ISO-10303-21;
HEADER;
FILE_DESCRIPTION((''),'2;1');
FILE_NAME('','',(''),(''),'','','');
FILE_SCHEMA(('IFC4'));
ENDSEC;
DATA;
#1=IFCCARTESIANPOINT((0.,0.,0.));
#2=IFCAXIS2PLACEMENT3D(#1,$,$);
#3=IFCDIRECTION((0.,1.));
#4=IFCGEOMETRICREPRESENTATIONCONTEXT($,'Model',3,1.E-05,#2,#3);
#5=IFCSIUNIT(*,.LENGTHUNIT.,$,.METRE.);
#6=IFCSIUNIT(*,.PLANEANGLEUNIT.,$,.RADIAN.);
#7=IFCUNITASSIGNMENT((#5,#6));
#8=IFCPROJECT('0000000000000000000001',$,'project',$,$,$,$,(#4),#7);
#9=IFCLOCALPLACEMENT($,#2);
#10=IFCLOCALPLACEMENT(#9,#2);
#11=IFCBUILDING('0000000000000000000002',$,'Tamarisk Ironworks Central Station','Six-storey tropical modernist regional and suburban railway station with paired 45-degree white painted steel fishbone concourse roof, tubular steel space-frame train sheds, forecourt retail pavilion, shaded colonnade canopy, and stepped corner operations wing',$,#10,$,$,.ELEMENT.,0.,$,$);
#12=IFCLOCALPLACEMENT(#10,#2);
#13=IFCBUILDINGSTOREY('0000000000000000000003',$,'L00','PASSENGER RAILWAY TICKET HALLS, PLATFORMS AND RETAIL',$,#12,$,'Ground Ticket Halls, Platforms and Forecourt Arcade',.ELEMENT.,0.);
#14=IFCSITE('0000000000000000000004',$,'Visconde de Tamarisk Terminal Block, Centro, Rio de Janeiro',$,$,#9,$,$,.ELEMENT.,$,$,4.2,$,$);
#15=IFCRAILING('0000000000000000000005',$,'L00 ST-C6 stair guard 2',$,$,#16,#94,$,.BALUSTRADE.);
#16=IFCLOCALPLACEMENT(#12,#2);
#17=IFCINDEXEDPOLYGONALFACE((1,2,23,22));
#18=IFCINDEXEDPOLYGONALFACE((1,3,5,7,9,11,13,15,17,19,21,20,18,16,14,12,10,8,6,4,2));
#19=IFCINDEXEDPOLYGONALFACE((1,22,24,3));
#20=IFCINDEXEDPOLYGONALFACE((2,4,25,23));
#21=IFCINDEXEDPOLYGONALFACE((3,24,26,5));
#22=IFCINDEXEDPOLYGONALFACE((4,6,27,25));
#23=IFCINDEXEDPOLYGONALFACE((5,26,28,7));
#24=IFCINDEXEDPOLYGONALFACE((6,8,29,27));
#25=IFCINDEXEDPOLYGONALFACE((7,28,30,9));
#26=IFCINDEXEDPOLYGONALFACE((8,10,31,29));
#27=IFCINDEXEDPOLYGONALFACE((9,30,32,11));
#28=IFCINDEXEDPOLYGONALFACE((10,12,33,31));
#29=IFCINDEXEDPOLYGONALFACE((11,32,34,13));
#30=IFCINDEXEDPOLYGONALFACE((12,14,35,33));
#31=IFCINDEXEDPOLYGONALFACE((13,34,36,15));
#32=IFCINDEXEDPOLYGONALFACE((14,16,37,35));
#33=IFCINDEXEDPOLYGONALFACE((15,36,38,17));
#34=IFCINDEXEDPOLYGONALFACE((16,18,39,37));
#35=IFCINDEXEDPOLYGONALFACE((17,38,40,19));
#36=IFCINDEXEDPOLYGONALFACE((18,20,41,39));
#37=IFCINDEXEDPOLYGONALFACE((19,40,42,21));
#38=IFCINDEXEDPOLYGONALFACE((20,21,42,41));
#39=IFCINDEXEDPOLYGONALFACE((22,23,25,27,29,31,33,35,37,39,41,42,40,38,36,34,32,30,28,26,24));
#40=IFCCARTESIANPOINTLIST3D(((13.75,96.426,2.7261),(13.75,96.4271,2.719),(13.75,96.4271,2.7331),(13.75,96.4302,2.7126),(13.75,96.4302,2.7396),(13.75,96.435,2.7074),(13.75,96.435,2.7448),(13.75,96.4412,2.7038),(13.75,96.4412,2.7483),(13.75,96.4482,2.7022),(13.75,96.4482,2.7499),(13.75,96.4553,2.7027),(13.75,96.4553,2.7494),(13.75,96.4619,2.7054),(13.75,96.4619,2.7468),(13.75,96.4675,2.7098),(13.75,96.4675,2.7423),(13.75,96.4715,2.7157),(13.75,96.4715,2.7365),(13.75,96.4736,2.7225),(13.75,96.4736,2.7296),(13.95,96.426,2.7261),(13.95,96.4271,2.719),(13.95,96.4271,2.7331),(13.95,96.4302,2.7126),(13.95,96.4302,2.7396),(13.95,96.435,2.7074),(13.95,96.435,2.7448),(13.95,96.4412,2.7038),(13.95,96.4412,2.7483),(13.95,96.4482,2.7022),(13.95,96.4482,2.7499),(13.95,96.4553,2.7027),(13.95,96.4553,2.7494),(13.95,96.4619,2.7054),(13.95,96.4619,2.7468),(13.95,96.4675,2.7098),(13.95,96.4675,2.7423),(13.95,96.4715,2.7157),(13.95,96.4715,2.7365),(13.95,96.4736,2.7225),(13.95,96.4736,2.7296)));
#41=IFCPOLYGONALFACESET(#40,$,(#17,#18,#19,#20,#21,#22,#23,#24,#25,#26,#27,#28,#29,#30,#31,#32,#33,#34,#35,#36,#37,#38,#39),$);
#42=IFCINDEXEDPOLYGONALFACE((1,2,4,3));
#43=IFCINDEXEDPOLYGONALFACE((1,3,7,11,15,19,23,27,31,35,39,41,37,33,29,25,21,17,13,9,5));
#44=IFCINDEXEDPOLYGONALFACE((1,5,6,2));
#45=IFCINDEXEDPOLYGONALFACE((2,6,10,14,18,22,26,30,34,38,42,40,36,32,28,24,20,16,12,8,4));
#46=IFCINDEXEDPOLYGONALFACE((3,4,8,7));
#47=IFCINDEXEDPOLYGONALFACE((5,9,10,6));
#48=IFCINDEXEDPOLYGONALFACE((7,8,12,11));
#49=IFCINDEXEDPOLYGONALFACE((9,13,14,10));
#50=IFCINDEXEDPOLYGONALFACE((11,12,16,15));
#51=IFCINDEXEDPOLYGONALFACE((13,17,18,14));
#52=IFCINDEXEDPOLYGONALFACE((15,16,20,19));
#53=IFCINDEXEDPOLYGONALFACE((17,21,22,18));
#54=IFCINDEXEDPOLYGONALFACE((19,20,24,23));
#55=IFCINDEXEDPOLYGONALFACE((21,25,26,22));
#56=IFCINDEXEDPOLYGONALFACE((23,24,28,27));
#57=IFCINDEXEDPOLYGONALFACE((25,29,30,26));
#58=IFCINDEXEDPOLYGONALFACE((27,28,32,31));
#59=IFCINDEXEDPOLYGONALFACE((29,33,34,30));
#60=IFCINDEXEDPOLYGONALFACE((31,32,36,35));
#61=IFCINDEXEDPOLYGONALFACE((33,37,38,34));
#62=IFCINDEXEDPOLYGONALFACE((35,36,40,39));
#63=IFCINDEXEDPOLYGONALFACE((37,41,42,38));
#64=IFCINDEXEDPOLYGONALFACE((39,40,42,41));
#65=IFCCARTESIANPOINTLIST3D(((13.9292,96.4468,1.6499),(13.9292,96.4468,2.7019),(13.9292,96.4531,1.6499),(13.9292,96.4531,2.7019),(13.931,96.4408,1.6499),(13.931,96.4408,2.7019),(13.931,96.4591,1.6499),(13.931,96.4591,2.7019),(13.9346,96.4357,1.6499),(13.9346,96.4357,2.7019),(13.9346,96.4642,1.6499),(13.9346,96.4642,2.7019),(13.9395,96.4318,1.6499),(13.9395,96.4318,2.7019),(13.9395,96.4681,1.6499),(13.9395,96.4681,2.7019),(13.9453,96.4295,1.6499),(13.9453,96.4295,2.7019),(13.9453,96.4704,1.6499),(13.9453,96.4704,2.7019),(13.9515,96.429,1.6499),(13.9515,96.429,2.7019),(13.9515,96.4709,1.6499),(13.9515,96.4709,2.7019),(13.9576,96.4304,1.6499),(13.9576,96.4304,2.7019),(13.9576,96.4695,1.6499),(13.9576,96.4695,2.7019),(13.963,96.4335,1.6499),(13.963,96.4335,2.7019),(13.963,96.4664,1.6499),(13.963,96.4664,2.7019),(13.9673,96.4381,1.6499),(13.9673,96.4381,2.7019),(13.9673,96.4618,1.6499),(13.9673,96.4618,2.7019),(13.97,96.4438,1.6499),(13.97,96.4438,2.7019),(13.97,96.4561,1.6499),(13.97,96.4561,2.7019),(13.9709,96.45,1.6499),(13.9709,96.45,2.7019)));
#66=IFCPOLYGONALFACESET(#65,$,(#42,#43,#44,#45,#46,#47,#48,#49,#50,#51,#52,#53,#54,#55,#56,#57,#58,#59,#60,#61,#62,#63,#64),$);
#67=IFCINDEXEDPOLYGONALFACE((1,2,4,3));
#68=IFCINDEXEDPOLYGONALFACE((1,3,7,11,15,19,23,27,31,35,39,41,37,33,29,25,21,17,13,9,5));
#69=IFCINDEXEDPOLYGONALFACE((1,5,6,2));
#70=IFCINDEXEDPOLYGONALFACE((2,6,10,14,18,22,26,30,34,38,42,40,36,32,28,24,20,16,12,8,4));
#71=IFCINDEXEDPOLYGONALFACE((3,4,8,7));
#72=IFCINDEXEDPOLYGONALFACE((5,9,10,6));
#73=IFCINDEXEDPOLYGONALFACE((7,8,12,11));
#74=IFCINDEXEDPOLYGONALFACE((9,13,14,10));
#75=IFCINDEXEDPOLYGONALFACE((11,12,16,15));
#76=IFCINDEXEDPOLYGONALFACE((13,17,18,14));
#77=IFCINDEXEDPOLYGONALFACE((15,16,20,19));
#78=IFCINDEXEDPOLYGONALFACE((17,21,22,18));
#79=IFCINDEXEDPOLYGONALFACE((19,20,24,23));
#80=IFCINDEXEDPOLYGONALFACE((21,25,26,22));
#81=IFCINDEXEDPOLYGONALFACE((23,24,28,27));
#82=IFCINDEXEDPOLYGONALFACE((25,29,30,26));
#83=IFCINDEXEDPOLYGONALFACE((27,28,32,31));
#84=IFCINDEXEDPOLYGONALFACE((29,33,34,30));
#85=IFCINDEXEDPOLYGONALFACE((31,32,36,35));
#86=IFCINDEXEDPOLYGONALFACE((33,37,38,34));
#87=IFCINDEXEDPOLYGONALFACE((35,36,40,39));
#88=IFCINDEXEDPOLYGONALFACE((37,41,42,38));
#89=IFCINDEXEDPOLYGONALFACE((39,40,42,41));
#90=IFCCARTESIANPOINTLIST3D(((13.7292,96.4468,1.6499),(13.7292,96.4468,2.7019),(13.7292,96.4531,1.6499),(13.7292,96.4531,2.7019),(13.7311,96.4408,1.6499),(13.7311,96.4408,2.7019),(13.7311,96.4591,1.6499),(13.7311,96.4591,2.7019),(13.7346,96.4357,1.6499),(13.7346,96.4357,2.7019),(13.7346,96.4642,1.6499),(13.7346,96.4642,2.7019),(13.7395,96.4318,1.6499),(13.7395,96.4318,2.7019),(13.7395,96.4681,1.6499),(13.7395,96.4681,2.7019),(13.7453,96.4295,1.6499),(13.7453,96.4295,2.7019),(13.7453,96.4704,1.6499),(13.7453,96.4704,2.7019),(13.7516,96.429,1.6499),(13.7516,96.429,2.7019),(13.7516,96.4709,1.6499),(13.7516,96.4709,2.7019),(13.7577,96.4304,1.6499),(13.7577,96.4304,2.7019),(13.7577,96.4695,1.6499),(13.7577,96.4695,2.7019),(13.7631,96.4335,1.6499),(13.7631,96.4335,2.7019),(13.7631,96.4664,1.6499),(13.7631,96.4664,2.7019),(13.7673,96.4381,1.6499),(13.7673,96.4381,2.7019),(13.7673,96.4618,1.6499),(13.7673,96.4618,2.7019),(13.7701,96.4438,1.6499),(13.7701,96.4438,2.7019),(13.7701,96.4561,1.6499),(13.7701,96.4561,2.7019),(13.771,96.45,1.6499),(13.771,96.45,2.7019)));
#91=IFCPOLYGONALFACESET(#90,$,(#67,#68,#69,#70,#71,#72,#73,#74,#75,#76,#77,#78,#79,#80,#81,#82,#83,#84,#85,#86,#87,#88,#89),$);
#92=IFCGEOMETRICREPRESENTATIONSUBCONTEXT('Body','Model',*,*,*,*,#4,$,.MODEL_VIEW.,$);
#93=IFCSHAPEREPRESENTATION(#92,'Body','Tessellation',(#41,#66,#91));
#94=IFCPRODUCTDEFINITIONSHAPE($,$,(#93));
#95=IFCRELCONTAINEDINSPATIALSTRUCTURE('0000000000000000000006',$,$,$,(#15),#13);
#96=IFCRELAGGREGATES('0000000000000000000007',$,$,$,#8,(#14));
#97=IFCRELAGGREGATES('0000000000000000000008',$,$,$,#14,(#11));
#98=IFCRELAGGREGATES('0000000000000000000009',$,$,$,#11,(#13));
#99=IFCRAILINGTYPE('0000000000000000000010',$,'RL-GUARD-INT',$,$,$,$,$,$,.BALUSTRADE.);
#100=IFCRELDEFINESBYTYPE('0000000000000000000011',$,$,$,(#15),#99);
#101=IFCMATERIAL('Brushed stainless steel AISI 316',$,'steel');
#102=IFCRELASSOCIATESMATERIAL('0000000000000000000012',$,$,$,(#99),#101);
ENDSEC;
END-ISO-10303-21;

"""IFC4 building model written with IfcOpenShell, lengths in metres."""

from ifc_helpers import new_model, si_unit, direction, frame, origin, origin_2d, place, context, subcontext, project, spatial, circle, extrude, material, type_object, element, save


model = new_model("IFC4")

# Units and contexts
model_context = context("Model", 3, precision=1e-05, world=origin(), true_north=direction((0.0, 1.0)))
body_context = subcontext(model_context, "Body", "Model", "MODEL_VIEW")
ifc_project = project(units=[si_unit("LENGTHUNIT", "METRE"), si_unit("PLANEANGLEUNIT", "RADIAN")], contexts=[model_context])

# Site, building, storey
site_placement = place(None, origin())
site = spatial("IfcSite", under=ifc_project, at=site_placement, Name="Visconde de Tamarisk Terminal Block, Centro, Rio de Janeiro", CompositionType="ELEMENT", RefElevation=4.2)
building_placement = place(site_placement, origin())
building = spatial("IfcBuilding", under=site, at=building_placement, Name="Tamarisk Ironworks Central Station", Description="Six-storey tropical modernist regional and suburban railway station with paired 45-degree white painted steel fishbone concourse roof, tubular steel space-frame train sheds, forecourt retail pavilion, shaded colonnade canopy, and stepped corner operations wing", CompositionType="ELEMENT", ElevationOfRefHeight=0.0)
storey_placement = place(building_placement, origin())
storey = spatial("IfcBuildingStorey", under=building, at=storey_placement, Name="L00", Description="PASSENGER RAILWAY TICKET HALLS, PLATFORMS AND RETAIL", LongName="Ground Ticket Halls, Platforms and Forecourt Arcade", CompositionType="ELEMENT", Elevation=0.0)

# Railing
ifc_material_1 = material(Name="Brushed stainless steel AISI 316", Category="steel")
railing_type_1 = type_object("IfcRailingType", Name="RL-GUARD-INT", PredefinedType="BALUSTRADE", material=ifc_material_1)
railing_1_placement = place(storey_placement, frame((13.95, 96.45, 1.6499)))
element("IfcRailing", 1, at=railing_1_placement, inside=storey, type_object=railing_type_1, Name="L00 ST-C6 stair guard 2", PredefinedType="BALUSTRADE", context=body_context, shape_type="SweptSolid", body=[
    extrude(circle(Radius=0.0239, at=origin_2d()), frame((0.0, 0.0, 1.0762), z_axis=(-1.0, 0.0, 0.0), x_axis=(0.0, -1.0, 0.0)), (0.0, 0.0, 1.0), 0.2),
    extrude(circle(Radius=0.021, at=origin_2d()), origin(), (0.0, 0.0, 1.0), 1.052),
    extrude(circle(Radius=0.021, at=origin_2d()), frame((-0.2, 0.0, 0.0)), (0.0, 0.0, 1.0), 1.052),
])

save(model, "model.ifc")
